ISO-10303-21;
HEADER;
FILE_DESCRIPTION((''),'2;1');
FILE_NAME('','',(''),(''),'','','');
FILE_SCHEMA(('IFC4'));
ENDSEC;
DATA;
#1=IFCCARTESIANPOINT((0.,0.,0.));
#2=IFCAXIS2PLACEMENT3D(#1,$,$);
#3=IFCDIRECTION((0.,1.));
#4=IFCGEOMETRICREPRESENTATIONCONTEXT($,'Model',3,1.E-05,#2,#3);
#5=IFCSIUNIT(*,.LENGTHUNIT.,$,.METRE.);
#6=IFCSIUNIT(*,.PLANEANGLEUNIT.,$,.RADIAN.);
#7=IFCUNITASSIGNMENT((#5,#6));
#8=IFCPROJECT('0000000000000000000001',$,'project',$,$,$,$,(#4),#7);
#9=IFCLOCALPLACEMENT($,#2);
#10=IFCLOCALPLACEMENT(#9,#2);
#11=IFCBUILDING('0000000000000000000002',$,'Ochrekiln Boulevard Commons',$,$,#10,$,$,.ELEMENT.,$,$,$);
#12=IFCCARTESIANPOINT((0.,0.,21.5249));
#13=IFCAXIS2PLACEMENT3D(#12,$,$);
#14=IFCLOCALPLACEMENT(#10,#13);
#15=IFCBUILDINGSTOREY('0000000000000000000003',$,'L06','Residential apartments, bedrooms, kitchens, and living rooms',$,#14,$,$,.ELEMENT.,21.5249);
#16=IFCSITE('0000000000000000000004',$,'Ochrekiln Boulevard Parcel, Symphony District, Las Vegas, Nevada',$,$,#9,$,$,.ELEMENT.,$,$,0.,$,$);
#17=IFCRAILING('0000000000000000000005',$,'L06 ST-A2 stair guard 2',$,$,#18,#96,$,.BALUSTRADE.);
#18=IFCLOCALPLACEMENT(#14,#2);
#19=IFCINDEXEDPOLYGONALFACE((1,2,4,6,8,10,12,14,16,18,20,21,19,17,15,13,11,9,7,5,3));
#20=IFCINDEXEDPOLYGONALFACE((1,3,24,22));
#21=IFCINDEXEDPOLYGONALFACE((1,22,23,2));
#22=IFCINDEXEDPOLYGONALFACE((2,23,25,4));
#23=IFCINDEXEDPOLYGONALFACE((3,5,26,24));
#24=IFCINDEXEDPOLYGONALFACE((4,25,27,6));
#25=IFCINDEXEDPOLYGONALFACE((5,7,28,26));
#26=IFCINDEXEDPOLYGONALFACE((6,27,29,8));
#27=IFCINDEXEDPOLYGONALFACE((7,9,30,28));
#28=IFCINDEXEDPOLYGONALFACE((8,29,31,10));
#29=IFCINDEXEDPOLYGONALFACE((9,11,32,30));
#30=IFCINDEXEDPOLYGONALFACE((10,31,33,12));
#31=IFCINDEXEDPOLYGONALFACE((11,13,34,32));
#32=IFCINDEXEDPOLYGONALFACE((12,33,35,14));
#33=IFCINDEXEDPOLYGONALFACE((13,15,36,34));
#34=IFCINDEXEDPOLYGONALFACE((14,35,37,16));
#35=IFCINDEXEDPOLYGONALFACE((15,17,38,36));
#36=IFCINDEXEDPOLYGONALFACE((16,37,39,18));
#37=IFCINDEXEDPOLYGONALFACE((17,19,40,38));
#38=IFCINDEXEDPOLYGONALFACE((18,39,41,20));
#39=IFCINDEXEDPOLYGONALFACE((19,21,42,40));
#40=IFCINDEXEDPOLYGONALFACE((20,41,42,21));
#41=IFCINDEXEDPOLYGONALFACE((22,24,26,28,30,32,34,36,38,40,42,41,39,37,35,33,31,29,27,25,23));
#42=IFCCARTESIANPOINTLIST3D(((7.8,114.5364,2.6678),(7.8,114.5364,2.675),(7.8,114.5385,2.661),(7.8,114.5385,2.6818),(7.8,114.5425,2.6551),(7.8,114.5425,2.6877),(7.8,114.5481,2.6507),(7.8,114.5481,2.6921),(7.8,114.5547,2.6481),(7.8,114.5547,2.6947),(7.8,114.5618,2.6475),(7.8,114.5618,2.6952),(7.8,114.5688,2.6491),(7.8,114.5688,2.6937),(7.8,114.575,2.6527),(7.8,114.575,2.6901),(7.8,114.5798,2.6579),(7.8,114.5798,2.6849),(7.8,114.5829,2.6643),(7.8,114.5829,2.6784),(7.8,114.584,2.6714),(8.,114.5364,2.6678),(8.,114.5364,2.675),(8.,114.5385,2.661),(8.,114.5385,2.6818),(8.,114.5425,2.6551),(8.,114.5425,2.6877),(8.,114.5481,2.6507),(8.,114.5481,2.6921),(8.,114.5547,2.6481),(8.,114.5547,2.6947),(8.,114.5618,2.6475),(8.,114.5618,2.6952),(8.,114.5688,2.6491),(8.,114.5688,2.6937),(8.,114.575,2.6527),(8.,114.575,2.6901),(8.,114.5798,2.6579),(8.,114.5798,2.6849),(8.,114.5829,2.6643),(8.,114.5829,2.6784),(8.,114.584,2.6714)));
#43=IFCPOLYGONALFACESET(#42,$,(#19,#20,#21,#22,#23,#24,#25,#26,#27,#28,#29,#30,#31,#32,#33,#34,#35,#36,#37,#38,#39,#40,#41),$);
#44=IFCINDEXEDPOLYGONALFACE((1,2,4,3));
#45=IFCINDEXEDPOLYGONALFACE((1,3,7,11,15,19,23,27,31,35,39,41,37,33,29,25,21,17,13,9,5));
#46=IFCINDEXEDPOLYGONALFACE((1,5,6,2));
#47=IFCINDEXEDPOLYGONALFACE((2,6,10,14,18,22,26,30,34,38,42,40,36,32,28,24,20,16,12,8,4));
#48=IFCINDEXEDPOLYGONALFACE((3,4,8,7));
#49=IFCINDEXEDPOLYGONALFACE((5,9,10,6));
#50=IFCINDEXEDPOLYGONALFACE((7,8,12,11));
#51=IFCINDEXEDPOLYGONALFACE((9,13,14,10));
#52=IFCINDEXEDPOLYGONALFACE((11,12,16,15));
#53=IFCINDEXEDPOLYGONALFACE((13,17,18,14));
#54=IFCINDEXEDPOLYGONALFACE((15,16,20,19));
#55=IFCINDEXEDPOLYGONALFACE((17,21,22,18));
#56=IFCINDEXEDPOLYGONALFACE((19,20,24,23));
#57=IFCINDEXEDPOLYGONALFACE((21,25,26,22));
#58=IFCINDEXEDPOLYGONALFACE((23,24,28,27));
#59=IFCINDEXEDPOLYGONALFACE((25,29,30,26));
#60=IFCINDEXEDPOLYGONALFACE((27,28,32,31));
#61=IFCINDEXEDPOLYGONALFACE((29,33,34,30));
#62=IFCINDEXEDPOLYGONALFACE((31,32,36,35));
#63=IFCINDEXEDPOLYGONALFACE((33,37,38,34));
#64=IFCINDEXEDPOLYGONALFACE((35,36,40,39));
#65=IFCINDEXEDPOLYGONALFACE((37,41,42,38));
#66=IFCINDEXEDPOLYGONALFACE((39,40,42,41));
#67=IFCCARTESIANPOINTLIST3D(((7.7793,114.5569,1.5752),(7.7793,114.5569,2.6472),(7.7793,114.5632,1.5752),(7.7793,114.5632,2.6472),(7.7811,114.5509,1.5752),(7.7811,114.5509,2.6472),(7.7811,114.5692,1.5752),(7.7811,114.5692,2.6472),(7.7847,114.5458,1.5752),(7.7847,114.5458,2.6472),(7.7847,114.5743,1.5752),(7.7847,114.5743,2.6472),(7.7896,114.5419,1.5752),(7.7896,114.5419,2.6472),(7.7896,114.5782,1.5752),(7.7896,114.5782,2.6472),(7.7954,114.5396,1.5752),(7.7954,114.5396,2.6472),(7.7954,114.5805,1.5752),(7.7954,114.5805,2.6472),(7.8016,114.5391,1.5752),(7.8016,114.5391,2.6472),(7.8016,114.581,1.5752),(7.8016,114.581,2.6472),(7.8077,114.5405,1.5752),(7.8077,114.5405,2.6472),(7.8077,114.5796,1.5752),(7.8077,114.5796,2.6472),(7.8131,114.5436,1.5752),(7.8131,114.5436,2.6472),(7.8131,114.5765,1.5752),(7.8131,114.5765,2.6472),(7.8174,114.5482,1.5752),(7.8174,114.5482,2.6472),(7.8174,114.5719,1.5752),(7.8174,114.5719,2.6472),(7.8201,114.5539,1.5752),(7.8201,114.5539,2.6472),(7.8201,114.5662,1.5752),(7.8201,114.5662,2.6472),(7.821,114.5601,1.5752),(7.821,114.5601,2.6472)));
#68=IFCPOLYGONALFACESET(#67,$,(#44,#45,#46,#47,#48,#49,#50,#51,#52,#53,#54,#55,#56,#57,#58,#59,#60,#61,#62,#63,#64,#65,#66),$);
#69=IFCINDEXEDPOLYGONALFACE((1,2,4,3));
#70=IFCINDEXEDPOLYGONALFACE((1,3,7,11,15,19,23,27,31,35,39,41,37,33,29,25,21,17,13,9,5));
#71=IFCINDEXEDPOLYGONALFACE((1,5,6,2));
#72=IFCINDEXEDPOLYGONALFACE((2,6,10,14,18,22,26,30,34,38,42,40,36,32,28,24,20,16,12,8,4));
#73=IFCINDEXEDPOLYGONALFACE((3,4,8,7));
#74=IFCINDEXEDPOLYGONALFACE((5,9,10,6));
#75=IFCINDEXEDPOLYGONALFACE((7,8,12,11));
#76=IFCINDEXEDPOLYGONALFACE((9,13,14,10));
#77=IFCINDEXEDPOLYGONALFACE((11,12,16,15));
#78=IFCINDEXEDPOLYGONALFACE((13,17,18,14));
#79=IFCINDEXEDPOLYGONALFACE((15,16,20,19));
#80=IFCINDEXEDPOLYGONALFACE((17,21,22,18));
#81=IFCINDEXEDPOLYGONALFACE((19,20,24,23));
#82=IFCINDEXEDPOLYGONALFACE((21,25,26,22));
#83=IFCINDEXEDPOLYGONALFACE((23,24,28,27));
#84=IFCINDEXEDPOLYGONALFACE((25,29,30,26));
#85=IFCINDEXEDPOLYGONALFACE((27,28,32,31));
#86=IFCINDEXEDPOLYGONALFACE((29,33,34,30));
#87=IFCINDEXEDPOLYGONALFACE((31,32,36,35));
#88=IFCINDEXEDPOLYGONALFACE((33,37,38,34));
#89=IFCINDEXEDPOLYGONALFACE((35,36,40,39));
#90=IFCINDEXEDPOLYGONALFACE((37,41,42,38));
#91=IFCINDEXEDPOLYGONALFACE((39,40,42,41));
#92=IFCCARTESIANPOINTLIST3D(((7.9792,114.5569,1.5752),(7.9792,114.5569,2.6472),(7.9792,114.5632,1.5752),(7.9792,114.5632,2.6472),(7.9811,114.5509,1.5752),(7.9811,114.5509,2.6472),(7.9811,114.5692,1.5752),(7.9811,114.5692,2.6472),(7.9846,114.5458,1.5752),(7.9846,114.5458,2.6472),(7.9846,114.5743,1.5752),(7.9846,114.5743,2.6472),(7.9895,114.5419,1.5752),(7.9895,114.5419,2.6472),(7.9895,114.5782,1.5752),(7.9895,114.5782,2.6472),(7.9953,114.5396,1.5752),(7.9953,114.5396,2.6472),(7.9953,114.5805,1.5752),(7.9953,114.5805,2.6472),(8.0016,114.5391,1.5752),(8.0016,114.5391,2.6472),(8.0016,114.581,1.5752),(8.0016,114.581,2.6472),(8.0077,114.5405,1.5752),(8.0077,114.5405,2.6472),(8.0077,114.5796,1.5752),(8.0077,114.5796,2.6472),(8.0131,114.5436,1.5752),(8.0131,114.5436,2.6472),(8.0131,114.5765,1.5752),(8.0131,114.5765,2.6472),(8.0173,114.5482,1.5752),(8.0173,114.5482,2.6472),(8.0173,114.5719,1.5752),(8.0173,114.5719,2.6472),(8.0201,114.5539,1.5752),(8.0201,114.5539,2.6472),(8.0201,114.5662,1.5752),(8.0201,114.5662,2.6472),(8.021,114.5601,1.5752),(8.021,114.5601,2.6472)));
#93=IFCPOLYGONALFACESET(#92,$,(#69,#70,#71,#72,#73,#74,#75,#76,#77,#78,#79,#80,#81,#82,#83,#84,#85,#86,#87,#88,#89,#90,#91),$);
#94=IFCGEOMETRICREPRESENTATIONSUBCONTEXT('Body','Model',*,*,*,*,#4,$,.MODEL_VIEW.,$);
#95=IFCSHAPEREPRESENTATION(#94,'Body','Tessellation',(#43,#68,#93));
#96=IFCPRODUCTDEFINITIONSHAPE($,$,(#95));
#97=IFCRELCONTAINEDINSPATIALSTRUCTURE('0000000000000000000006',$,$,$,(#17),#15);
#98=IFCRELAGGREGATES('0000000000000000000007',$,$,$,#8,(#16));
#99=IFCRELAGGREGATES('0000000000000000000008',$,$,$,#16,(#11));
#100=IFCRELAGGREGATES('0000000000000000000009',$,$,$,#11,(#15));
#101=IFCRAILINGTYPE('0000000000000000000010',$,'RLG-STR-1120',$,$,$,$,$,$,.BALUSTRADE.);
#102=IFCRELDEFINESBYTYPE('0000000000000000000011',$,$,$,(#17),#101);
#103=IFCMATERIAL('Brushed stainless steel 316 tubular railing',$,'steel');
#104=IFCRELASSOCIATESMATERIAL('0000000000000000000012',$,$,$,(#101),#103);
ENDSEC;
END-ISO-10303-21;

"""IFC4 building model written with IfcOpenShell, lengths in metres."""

from ifc_helpers import new_model, si_unit, direction, frame, origin, origin_2d, place, context, subcontext, project, spatial, circle, extrude, material, type_object, element, save


model = new_model("IFC4")

# Units and contexts
model_context = context("Model", 3, precision=1e-05, world=origin(), true_north=direction((0.0, 1.0)))
body_context = subcontext(model_context, "Body", "Model", "MODEL_VIEW")
ifc_project = project(units=[si_unit("LENGTHUNIT", "METRE"), si_unit("PLANEANGLEUNIT", "RADIAN")], contexts=[model_context])

# Site, building, storey
site_placement = place(None, origin())
site = spatial("IfcSite", under=ifc_project, at=site_placement, Name="Ochrekiln Boulevard Parcel, Symphony District, Las Vegas, Nevada", CompositionType="ELEMENT", RefElevation=0.0)
building_placement = place(site_placement, origin())
building = spatial("IfcBuilding", under=site, at=building_placement, Name="Ochrekiln Boulevard Commons", CompositionType="ELEMENT")
storey_placement = place(building_placement, frame((0.0, 0.0, 21.5249)))
storey = spatial("IfcBuildingStorey", under=building, at=storey_placement, Name="L06", Description="Residential apartments, bedrooms, kitchens, and living rooms", CompositionType="ELEMENT", Elevation=21.5249)

# Railing
ifc_material_1 = material(Name="Brushed stainless steel 316 tubular railing", Category="steel")
railing_type_1 = type_object("IfcRailingType", Name="RLG-STR-1120", PredefinedType="BALUSTRADE", material=ifc_material_1)
railing_1_placement = place(storey_placement, frame((7.8, 114.5601, 1.5752)))
element("IfcRailing", 1, at=railing_1_placement, inside=storey, type_object=railing_type_1, Name="L06 ST-A2 stair guard 2", PredefinedType="BALUSTRADE", context=body_context, shape_type="SweptSolid", body=[
    extrude(circle(Radius=0.0239, at=origin_2d()), frame((0.0, 0.0, 1.0962), z_axis=(1.0, 0.0, 0.0), x_axis=(0.0, 1.0, 0.0)), (0.0, 0.0, 1.0), 0.2),
    extrude(circle(Radius=0.021, at=origin_2d()), origin(), (0.0, 0.0, 1.0), 1.072),
    extrude(circle(Radius=0.021, at=origin_2d()), frame((0.2, 0.0, 0.0)), (0.0, 0.0, 1.0), 1.072),
])

save(model, "model.ifc")
